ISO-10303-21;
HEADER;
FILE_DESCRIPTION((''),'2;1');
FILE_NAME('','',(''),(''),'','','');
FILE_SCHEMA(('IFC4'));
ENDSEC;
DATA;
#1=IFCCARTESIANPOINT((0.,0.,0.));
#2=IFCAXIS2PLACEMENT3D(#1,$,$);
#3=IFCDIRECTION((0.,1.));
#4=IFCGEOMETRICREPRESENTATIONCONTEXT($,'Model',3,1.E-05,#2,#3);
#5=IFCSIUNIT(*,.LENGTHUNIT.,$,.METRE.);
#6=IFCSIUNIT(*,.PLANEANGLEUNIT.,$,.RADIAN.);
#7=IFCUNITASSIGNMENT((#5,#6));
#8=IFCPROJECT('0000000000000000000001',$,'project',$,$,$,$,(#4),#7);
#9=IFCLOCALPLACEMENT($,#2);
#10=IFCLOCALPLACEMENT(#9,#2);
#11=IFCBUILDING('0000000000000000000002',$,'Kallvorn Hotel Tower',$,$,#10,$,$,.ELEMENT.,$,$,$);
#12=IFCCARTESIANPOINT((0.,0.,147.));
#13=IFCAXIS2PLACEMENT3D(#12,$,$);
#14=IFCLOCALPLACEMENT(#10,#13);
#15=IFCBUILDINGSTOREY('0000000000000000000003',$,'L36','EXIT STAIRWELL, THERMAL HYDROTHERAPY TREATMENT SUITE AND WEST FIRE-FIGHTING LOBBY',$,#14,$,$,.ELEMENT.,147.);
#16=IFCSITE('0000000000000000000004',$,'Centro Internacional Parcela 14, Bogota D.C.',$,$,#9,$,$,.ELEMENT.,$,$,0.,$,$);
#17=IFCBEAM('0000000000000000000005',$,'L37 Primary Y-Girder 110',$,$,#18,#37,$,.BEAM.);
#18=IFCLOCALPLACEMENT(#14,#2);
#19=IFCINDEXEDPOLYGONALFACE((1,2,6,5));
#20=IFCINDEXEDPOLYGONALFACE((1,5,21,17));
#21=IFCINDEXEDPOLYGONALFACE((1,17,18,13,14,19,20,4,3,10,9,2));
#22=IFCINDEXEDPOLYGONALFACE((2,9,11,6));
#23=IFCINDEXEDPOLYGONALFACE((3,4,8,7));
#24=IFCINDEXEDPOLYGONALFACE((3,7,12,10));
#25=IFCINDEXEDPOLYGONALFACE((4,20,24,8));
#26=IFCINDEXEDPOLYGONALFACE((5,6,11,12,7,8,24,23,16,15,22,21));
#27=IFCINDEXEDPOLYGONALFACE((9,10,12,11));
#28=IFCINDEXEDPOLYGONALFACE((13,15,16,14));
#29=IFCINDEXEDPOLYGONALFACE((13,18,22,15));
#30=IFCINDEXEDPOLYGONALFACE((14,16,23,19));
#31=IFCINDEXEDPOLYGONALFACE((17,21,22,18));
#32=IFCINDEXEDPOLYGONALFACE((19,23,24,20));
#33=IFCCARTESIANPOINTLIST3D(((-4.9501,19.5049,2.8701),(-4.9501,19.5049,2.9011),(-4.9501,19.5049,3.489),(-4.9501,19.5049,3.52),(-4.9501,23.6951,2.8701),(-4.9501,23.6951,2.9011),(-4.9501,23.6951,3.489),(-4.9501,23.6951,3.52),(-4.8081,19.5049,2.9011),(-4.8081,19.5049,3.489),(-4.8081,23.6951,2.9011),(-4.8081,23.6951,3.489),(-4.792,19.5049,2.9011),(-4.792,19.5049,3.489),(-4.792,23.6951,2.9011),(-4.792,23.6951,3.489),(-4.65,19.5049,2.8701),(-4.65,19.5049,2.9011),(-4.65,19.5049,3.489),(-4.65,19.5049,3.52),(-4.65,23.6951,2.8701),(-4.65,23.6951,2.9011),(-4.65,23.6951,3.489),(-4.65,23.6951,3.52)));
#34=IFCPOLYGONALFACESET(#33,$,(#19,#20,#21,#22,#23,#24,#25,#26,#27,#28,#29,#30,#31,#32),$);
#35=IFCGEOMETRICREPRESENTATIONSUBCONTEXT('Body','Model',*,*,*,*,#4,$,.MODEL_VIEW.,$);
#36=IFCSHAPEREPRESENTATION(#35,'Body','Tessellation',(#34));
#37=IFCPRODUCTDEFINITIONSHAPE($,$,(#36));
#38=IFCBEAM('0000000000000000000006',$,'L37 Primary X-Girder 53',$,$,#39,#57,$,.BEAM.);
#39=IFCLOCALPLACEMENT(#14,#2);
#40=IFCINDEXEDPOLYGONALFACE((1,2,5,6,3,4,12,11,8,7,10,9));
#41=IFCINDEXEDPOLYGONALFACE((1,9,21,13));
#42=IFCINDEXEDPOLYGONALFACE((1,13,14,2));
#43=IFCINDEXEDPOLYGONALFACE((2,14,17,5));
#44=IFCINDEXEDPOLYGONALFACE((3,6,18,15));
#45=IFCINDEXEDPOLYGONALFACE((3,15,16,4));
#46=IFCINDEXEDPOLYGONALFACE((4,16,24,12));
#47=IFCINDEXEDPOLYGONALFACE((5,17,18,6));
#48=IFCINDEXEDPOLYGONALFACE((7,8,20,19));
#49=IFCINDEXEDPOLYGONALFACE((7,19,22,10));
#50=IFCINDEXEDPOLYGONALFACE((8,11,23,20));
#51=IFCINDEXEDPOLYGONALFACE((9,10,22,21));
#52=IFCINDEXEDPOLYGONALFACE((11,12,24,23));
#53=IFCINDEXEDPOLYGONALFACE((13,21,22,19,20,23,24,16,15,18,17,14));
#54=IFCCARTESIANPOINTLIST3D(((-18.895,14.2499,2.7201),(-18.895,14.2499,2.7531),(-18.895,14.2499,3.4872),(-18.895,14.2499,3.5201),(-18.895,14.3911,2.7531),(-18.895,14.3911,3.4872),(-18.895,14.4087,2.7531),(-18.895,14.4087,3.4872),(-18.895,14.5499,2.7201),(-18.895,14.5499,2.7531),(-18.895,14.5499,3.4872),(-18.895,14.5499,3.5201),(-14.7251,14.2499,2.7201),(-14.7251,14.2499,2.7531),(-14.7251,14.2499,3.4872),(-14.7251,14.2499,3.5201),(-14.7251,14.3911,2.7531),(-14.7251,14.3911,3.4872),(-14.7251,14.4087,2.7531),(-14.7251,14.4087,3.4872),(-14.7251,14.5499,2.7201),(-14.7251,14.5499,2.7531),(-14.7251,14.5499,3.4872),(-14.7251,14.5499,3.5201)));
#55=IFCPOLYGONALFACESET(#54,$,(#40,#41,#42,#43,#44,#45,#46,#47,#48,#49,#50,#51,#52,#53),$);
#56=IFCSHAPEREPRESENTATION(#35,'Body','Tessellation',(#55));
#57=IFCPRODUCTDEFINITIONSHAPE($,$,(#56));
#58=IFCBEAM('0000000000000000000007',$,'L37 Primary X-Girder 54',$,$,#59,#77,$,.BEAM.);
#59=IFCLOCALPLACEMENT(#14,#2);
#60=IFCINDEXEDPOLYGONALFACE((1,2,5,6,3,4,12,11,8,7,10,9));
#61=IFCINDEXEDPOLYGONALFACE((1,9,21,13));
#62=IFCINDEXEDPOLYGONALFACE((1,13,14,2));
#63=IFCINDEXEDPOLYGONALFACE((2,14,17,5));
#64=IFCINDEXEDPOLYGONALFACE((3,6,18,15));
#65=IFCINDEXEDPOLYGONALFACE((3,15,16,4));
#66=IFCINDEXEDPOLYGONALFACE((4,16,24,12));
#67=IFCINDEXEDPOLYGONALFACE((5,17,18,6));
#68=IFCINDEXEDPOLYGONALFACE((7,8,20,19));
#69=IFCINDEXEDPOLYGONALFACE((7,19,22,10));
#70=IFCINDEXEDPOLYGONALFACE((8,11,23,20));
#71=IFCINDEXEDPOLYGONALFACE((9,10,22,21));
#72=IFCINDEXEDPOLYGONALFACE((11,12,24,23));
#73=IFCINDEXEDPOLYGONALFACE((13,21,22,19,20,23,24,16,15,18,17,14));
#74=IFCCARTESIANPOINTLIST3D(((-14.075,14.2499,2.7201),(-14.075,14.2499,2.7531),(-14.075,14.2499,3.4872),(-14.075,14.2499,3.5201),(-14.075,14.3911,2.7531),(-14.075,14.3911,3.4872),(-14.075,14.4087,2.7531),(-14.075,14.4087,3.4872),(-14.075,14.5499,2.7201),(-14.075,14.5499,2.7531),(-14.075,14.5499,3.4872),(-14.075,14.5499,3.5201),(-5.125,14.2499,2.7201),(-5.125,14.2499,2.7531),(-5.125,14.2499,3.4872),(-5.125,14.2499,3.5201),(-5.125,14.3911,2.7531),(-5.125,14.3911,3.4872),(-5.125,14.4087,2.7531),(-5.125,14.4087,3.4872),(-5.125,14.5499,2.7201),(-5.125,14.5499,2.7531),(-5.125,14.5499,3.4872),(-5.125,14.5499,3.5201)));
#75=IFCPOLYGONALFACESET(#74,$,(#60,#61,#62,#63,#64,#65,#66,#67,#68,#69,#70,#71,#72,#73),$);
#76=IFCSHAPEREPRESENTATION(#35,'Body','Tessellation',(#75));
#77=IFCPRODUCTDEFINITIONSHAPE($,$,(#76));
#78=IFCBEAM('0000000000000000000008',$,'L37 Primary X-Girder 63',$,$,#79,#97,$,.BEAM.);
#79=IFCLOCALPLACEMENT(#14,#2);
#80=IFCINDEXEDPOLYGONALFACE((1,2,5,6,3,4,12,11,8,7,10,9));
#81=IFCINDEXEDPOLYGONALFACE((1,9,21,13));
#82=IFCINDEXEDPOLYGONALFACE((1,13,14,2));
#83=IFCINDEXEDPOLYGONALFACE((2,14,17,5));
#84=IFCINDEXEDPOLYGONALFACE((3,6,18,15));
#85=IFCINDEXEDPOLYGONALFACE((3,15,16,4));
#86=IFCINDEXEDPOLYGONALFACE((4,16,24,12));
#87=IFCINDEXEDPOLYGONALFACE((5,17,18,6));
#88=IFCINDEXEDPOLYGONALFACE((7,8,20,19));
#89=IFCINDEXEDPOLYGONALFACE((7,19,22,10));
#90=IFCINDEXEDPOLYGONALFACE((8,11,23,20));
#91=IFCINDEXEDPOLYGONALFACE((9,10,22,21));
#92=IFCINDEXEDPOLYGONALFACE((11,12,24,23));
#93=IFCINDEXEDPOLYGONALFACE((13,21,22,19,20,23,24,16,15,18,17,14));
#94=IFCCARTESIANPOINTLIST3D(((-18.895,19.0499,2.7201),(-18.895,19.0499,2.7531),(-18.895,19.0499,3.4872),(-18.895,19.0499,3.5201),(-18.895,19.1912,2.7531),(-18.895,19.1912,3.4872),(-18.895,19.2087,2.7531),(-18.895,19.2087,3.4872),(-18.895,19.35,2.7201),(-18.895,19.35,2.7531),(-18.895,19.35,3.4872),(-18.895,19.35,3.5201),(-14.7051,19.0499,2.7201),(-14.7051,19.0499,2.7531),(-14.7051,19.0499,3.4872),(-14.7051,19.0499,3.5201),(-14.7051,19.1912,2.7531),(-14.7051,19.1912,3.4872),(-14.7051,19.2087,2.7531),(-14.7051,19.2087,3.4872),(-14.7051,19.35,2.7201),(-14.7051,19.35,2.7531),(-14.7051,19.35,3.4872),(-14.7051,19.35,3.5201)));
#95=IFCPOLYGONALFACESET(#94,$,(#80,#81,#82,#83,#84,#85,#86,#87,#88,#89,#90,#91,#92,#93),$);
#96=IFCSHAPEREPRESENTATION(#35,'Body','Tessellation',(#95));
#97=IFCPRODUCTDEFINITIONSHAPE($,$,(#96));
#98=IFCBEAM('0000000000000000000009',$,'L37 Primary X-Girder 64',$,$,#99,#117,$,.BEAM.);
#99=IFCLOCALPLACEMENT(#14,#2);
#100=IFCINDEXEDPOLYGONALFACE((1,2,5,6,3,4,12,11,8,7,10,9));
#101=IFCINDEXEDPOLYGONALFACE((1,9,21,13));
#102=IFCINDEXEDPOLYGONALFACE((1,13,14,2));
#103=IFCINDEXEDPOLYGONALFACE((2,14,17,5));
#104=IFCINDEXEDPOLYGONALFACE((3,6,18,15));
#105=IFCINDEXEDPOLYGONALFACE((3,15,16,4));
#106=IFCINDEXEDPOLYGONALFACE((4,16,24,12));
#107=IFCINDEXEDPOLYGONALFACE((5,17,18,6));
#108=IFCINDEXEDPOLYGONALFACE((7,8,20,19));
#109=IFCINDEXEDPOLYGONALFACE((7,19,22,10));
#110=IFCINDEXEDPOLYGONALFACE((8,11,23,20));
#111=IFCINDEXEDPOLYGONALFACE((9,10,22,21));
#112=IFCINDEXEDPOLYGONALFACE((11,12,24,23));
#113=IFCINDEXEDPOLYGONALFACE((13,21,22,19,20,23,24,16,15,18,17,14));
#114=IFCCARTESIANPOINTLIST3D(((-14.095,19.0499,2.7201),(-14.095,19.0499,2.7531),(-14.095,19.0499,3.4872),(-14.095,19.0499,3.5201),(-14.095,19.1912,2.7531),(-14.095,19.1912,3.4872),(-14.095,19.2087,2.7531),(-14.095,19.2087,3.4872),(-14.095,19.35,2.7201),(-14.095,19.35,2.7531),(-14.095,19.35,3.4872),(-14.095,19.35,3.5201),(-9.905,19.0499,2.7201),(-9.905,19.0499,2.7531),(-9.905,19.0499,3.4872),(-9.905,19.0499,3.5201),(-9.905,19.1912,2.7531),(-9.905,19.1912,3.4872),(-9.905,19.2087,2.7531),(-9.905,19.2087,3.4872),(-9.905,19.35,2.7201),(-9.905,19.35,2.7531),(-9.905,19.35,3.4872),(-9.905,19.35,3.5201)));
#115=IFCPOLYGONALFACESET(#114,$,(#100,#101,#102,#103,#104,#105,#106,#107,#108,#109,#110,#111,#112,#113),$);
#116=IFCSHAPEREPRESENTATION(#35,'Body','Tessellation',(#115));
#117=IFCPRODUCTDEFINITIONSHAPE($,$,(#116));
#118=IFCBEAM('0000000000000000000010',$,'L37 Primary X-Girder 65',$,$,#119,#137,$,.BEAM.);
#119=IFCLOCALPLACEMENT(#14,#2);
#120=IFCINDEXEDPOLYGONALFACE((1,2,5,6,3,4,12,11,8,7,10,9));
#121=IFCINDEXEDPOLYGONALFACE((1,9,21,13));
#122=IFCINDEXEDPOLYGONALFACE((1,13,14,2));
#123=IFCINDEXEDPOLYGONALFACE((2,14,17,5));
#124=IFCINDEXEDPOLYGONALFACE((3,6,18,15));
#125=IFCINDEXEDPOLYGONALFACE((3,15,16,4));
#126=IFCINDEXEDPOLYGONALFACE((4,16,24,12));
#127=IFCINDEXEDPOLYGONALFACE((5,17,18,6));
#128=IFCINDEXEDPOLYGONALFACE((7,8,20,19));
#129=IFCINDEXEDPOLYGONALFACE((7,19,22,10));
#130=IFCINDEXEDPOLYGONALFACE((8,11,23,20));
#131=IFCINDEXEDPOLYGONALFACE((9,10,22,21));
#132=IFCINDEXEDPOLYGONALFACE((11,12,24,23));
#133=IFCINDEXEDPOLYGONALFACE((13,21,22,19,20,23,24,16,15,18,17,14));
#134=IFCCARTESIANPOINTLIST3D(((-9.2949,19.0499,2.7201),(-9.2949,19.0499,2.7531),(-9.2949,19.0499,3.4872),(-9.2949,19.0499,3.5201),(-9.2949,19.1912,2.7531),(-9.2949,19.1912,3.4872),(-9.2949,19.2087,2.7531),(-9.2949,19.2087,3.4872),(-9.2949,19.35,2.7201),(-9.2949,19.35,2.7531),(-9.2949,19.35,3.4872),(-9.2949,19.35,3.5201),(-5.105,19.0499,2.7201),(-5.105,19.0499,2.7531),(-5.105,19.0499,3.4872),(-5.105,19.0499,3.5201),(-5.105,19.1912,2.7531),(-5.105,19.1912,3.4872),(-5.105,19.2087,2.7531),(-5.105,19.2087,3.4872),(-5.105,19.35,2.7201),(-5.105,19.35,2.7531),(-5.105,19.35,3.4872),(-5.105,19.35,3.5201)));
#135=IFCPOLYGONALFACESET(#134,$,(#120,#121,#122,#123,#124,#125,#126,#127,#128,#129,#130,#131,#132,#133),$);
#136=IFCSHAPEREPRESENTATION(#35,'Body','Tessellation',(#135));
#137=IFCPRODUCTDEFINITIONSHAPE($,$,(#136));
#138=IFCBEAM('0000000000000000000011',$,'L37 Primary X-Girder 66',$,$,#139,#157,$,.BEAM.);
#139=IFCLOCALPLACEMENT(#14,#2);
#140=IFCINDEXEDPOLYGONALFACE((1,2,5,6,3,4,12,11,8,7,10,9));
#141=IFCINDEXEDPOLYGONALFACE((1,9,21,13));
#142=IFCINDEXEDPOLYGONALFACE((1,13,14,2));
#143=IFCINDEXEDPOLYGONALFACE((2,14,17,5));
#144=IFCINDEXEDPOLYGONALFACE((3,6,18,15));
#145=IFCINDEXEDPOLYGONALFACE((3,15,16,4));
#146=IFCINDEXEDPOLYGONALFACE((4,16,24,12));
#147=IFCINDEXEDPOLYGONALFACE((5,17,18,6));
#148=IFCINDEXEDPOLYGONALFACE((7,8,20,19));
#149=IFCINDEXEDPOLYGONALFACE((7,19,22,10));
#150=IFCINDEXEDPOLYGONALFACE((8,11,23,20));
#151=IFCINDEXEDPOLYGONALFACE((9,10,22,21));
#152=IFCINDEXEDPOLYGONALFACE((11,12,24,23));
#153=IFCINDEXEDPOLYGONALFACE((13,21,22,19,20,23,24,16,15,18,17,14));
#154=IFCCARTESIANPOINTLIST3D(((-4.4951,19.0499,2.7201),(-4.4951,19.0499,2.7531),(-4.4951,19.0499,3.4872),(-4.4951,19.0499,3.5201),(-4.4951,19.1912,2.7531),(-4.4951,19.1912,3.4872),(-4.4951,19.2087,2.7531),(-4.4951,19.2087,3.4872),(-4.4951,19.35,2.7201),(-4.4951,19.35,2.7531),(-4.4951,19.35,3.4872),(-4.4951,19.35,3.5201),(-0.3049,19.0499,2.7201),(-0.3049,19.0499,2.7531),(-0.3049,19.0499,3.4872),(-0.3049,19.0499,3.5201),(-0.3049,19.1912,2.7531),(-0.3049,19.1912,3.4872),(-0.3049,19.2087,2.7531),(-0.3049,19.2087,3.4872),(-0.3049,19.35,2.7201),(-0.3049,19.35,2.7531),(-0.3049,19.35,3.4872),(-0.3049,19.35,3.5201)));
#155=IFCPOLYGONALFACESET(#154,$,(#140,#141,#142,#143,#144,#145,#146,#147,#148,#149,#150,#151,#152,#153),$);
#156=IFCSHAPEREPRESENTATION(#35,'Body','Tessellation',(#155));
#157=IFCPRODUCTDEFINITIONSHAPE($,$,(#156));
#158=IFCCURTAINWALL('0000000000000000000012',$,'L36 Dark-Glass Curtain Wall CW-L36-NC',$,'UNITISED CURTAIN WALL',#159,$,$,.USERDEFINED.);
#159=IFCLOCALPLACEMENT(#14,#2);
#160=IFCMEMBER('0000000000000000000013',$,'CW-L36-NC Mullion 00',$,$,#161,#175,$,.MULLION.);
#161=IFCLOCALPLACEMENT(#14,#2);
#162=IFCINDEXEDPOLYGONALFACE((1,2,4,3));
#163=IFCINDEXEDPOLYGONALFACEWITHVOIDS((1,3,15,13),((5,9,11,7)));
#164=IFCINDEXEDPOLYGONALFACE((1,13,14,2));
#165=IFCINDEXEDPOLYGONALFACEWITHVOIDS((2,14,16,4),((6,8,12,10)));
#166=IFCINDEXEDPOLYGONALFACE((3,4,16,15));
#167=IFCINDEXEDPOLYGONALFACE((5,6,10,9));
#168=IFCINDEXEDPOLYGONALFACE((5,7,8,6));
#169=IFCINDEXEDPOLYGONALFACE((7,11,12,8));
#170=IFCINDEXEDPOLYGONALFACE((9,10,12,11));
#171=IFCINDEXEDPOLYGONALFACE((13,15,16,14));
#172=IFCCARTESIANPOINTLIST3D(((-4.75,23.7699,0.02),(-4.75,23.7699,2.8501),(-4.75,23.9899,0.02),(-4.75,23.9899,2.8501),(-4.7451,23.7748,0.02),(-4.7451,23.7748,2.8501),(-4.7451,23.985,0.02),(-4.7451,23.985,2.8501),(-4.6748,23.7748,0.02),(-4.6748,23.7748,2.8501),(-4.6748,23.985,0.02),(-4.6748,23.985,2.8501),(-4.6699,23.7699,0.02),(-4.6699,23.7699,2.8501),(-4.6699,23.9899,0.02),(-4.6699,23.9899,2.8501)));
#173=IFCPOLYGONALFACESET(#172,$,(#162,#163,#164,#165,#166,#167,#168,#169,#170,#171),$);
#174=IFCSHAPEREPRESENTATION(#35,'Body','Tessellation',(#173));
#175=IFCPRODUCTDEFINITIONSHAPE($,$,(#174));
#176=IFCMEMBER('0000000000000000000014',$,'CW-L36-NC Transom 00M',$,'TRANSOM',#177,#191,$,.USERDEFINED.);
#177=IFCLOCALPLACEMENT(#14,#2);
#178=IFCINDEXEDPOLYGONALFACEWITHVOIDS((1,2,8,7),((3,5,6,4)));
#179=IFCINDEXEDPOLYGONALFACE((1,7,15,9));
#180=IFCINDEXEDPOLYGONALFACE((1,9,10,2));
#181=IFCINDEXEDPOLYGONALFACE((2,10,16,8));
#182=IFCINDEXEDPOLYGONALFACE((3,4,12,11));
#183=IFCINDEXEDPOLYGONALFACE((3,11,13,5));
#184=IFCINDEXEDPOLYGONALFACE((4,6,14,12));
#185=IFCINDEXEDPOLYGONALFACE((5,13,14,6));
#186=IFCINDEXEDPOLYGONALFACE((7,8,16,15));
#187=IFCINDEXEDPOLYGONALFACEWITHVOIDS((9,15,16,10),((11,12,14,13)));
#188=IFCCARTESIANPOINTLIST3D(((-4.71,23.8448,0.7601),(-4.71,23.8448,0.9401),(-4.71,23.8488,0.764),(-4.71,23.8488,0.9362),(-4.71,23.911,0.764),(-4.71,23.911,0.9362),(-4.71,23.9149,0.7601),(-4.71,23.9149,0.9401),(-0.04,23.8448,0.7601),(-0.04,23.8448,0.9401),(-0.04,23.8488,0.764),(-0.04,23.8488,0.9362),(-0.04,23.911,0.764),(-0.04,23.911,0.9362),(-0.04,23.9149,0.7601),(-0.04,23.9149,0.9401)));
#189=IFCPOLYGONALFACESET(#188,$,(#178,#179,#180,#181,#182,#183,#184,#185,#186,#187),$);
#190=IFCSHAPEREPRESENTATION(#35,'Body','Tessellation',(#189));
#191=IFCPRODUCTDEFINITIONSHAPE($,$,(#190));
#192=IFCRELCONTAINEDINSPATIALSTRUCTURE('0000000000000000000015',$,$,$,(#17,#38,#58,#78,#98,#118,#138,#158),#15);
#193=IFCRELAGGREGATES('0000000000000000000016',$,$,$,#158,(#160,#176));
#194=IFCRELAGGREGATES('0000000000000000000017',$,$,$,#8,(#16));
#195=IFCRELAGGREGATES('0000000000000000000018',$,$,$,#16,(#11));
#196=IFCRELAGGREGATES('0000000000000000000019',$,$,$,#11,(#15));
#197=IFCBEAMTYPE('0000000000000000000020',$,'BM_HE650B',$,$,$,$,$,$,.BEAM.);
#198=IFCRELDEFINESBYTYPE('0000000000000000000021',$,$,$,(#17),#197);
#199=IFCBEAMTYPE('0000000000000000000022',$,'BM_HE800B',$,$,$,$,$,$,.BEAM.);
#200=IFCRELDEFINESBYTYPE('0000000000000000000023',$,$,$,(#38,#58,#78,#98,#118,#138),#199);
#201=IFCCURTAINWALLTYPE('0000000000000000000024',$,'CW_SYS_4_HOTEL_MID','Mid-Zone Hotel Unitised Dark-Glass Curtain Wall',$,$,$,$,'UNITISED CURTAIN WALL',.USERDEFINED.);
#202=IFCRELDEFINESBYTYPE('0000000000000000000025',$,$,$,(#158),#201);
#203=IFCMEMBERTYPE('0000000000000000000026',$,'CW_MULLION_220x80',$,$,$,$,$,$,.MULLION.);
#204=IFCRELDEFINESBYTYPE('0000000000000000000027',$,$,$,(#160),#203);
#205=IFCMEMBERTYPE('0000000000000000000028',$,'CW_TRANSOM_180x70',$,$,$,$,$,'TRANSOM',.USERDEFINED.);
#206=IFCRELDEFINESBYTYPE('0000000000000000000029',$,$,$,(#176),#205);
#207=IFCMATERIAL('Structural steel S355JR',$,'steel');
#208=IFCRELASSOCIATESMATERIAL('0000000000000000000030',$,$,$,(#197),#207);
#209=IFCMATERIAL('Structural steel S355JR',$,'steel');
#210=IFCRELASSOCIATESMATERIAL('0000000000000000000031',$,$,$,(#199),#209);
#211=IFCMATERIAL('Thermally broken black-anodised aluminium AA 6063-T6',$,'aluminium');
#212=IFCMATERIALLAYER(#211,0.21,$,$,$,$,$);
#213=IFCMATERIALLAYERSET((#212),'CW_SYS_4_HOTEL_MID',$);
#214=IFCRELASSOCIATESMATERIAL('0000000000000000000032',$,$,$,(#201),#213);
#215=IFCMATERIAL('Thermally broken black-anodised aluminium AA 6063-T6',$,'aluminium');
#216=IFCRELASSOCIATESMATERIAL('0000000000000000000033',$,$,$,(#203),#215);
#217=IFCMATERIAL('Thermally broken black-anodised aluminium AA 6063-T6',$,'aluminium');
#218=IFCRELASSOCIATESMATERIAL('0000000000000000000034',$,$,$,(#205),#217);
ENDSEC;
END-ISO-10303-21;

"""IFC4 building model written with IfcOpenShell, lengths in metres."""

from ifc_helpers import new_model, si_unit, direction, frame, origin, origin_2d, place, context, subcontext, project, spatial, hollow_rectangle, i_section, extrude, material, layer, layer_set, material_profile, profile_set, type_object, element, aggregate, save


model = new_model("IFC4")

# Units and contexts
model_context = context("Model", 3, precision=1e-05, world=origin(), true_north=direction((0.0, 1.0)))
body_context = subcontext(model_context, "Body", "Model", "MODEL_VIEW")
ifc_project = project(units=[si_unit("LENGTHUNIT", "METRE"), si_unit("PLANEANGLEUNIT", "RADIAN")], contexts=[model_context])

# Site, building, storey
site_placement = place(None, origin())
site = spatial("IfcSite", under=ifc_project, at=site_placement, Name="Centro Internacional Parcela 14, Bogota D.C.", CompositionType="ELEMENT", RefElevation=0.0)
building_placement = place(site_placement, origin())
building = spatial("IfcBuilding", under=site, at=building_placement, Name="Kallvorn Hotel Tower", CompositionType="ELEMENT")
storey_placement = place(building_placement, frame((0.0, 0.0, 147.0)))
storey = spatial("IfcBuildingStorey", under=building, at=storey_placement, Name="L36", Description="EXIT STAIRWELL, THERMAL HYDROTHERAPY TREATMENT SUITE AND WEST FIRE-FIGHTING LOBBY", CompositionType="ELEMENT", Elevation=147.0)

# Beams
ifc_material_1 = material(Name="Structural steel S355JR", Category="steel")
ifc_material_profile_1 = material_profile(ifc_material_1, i_section(OverallWidth=0.3, OverallDepth=0.6499, WebThickness=0.0161, FlangeThickness=0.031, at=origin_2d()), Name="HE 650 B")
ifc_profile_set_1 = profile_set([ifc_material_profile_1], Name="Structural steel S355JR")
beam_type_1 = type_object("IfcBeamType", Name="BM_HE650B", PredefinedType="BEAM", material=ifc_profile_set_1)
beam_1_placement = place(storey_placement, frame((-4.8, 19.5049, 3.1951), z_axis=(0.0, 1.0, 0.0), x_axis=(-1.0, 0.0, 0.0)))
element("IfcBeam", 1, at=beam_1_placement, inside=storey, type_object=beam_type_1, Name="L37 Primary Y-Girder 110", PredefinedType="BEAM", context=body_context, shape_type="SweptSolid", body=[
    extrude(i_section(OverallWidth=0.3, OverallDepth=0.6499, WebThickness=0.0161, FlangeThickness=0.031, at=origin_2d()), origin(), (0.0, 0.0, 1.0), 4.1902),
])
ifc_material_2 = material(Name="Structural steel S355JR", Category="steel")
ifc_material_profile_2 = material_profile(ifc_material_2, i_section(OverallWidth=0.3, OverallDepth=0.8, WebThickness=0.0176, FlangeThickness=0.033, at=origin_2d()), Name="HE 800 B")
ifc_profile_set_2 = profile_set([ifc_material_profile_2], Name="Structural steel S355JR")
beam_type_2 = type_object("IfcBeamType", Name="BM_HE800B", PredefinedType="BEAM", material=ifc_profile_set_2)
beam_2_placement = place(storey_placement, frame((-18.895, 14.3999, 3.1201), z_axis=(1.0, 0.0, 0.0), x_axis=(0.0, 1.0, 0.0)))
element("IfcBeam", 2, at=beam_2_placement, inside=storey, type_object=beam_type_2, Name="L37 Primary X-Girder 53", PredefinedType="BEAM", context=body_context, shape_type="SweptSolid", body=[
    extrude(i_section(OverallWidth=0.3, OverallDepth=0.8, WebThickness=0.0176, FlangeThickness=0.033, at=origin_2d()), origin(), (0.0, 0.0, 1.0), 4.1699),
])
beam_3_placement = place(storey_placement, frame((-14.075, 14.3999, 3.1201), z_axis=(1.0, 0.0, 0.0), x_axis=(0.0, 1.0, 0.0)))
element("IfcBeam", 3, at=beam_3_placement, inside=storey, type_object=beam_type_2, Name="L37 Primary X-Girder 54", PredefinedType="BEAM", context=body_context, shape_type="SweptSolid", body=[
    extrude(i_section(OverallWidth=0.3, OverallDepth=0.8, WebThickness=0.0176, FlangeThickness=0.033, at=origin_2d()), origin(), (0.0, 0.0, 1.0), 8.95),
])
for number, where, z_axis, x_axis, name in (
    (4, (-18.895, 19.2, 3.1201), (1.0, 0.0, 0.0), (0.0, 1.0, 0.0), "L37 Primary X-Girder 63"),
    (5, (-14.095, 19.2, 3.1201), (1.0, 0.0, 0.0), (0.0, 1.0, 0.0), "L37 Primary X-Girder 64"),
    (6, (-9.2949, 19.2, 3.1201), (1.0, 0.0, 0.0), (0.0, 1.0, 0.0), "L37 Primary X-Girder 65"),
):
    element("IfcBeam", number, at=place(storey_placement, frame(where, z_axis=z_axis, x_axis=x_axis)), inside=storey, type_object=beam_type_2, Name=name, PredefinedType="BEAM", context=body_context, shape_type="SweptSolid", body=[
        extrude(i_section(OverallWidth=0.3, OverallDepth=0.8, WebThickness=0.0176, FlangeThickness=0.033, at=origin_2d()), origin(), (0.0, 0.0, 1.0), 4.1899),
    ])
beam_4_placement = place(storey_placement, frame((-4.4951, 19.2, 3.1201), z_axis=(1.0, 0.0, 0.0), x_axis=(0.0, 1.0, 0.0)))
element("IfcBeam", 7, at=beam_4_placement, inside=storey, type_object=beam_type_2, Name="L37 Primary X-Girder 66", PredefinedType="BEAM", context=body_context, shape_type="SweptSolid", body=[
    extrude(i_section(OverallWidth=0.3, OverallDepth=0.8, WebThickness=0.0176, FlangeThickness=0.033, at=origin_2d()), origin(), (0.0, 0.0, 1.0), 4.1902),
])

# Curtain wall, members
ifc_material_3 = material(Name="Thermally broken black-anodised aluminium AA 6063-T6", Category="aluminium")
ifc_layer = layer(ifc_material_3, 0.21)
ifc_layer_set = layer_set([ifc_layer], Name="CW_SYS_4_HOTEL_MID")
curtain_wall_type = type_object("IfcCurtainWallType", Name="CW_SYS_4_HOTEL_MID", Description="Mid-Zone Hotel Unitised Dark-Glass Curtain Wall", ElementType="UNITISED CURTAIN WALL", PredefinedType="USERDEFINED", material=ifc_layer_set)
curtain_wall_placement = place(storey_placement, origin())
curtain_wall = element("IfcCurtainWall", 8, at=curtain_wall_placement, inside=storey, type_object=curtain_wall_type, Name="L36 Dark-Glass Curtain Wall CW-L36-NC", ObjectType="UNITISED CURTAIN WALL", PredefinedType="USERDEFINED")
ifc_material_4 = material(Name="Thermally broken black-anodised aluminium AA 6063-T6", Category="aluminium")
ifc_material_profile_3 = material_profile(ifc_material_4, hollow_rectangle(XDim=0.0801, YDim=0.22, WallThickness=0.0049, at=origin_2d()), Name="MUL 220x80")
ifc_profile_set_3 = profile_set([ifc_material_profile_3], Name="Thermally broken black-anodised aluminium AA 6063-T6")
member_type_1 = type_object("IfcMemberType", Name="CW_MULLION_220x80", PredefinedType="MULLION", material=ifc_profile_set_3)
member_1_placement = place(storey_placement, frame((-4.71, 23.8799, 0.02), z_axis=(0.0, 0.0, 1.0), x_axis=(1.0, 0.0, 0.0)))
member_1 = element("IfcMember", 9, at=member_1_placement, type_object=member_type_1, Name="CW-L36-NC Mullion 00", PredefinedType="MULLION", context=body_context, shape_type="SweptSolid", body=[
    extrude(hollow_rectangle(XDim=0.0801, YDim=0.22, WallThickness=0.0049, at=origin_2d()), origin(), (0.0, 0.0, 1.0), 2.8301),
])
ifc_material_5 = material(Name="Thermally broken black-anodised aluminium AA 6063-T6", Category="aluminium")
ifc_material_profile_4 = material_profile(ifc_material_5, hollow_rectangle(XDim=0.0701, YDim=0.1799, WallThickness=0.0039, at=origin_2d()), Name="TRN 180x70")
ifc_profile_set_4 = profile_set([ifc_material_profile_4], Name="Thermally broken black-anodised aluminium AA 6063-T6")
member_type_2 = type_object("IfcMemberType", Name="CW_TRANSOM_180x70", ElementType="TRANSOM", PredefinedType="USERDEFINED", material=ifc_profile_set_4)
member_2_placement = place(storey_placement, frame((-4.71, 23.8799, 0.8501), z_axis=(1.0, 0.0, 0.0), x_axis=(0.0, 1.0, 0.0)))
member_2 = element("IfcMember", 10, at=member_2_placement, type_object=member_type_2, Name="CW-L36-NC Transom 00M", ObjectType="TRANSOM", PredefinedType="USERDEFINED", context=body_context, shape_type="SweptSolid", body=[
    extrude(hollow_rectangle(XDim=0.0701, YDim=0.1799, WallThickness=0.0039, at=origin_2d()), origin(), (0.0, 0.0, 1.0), 4.6699),
])
aggregate(curtain_wall, [member_1, member_2])

save(model, "model.ifc")
